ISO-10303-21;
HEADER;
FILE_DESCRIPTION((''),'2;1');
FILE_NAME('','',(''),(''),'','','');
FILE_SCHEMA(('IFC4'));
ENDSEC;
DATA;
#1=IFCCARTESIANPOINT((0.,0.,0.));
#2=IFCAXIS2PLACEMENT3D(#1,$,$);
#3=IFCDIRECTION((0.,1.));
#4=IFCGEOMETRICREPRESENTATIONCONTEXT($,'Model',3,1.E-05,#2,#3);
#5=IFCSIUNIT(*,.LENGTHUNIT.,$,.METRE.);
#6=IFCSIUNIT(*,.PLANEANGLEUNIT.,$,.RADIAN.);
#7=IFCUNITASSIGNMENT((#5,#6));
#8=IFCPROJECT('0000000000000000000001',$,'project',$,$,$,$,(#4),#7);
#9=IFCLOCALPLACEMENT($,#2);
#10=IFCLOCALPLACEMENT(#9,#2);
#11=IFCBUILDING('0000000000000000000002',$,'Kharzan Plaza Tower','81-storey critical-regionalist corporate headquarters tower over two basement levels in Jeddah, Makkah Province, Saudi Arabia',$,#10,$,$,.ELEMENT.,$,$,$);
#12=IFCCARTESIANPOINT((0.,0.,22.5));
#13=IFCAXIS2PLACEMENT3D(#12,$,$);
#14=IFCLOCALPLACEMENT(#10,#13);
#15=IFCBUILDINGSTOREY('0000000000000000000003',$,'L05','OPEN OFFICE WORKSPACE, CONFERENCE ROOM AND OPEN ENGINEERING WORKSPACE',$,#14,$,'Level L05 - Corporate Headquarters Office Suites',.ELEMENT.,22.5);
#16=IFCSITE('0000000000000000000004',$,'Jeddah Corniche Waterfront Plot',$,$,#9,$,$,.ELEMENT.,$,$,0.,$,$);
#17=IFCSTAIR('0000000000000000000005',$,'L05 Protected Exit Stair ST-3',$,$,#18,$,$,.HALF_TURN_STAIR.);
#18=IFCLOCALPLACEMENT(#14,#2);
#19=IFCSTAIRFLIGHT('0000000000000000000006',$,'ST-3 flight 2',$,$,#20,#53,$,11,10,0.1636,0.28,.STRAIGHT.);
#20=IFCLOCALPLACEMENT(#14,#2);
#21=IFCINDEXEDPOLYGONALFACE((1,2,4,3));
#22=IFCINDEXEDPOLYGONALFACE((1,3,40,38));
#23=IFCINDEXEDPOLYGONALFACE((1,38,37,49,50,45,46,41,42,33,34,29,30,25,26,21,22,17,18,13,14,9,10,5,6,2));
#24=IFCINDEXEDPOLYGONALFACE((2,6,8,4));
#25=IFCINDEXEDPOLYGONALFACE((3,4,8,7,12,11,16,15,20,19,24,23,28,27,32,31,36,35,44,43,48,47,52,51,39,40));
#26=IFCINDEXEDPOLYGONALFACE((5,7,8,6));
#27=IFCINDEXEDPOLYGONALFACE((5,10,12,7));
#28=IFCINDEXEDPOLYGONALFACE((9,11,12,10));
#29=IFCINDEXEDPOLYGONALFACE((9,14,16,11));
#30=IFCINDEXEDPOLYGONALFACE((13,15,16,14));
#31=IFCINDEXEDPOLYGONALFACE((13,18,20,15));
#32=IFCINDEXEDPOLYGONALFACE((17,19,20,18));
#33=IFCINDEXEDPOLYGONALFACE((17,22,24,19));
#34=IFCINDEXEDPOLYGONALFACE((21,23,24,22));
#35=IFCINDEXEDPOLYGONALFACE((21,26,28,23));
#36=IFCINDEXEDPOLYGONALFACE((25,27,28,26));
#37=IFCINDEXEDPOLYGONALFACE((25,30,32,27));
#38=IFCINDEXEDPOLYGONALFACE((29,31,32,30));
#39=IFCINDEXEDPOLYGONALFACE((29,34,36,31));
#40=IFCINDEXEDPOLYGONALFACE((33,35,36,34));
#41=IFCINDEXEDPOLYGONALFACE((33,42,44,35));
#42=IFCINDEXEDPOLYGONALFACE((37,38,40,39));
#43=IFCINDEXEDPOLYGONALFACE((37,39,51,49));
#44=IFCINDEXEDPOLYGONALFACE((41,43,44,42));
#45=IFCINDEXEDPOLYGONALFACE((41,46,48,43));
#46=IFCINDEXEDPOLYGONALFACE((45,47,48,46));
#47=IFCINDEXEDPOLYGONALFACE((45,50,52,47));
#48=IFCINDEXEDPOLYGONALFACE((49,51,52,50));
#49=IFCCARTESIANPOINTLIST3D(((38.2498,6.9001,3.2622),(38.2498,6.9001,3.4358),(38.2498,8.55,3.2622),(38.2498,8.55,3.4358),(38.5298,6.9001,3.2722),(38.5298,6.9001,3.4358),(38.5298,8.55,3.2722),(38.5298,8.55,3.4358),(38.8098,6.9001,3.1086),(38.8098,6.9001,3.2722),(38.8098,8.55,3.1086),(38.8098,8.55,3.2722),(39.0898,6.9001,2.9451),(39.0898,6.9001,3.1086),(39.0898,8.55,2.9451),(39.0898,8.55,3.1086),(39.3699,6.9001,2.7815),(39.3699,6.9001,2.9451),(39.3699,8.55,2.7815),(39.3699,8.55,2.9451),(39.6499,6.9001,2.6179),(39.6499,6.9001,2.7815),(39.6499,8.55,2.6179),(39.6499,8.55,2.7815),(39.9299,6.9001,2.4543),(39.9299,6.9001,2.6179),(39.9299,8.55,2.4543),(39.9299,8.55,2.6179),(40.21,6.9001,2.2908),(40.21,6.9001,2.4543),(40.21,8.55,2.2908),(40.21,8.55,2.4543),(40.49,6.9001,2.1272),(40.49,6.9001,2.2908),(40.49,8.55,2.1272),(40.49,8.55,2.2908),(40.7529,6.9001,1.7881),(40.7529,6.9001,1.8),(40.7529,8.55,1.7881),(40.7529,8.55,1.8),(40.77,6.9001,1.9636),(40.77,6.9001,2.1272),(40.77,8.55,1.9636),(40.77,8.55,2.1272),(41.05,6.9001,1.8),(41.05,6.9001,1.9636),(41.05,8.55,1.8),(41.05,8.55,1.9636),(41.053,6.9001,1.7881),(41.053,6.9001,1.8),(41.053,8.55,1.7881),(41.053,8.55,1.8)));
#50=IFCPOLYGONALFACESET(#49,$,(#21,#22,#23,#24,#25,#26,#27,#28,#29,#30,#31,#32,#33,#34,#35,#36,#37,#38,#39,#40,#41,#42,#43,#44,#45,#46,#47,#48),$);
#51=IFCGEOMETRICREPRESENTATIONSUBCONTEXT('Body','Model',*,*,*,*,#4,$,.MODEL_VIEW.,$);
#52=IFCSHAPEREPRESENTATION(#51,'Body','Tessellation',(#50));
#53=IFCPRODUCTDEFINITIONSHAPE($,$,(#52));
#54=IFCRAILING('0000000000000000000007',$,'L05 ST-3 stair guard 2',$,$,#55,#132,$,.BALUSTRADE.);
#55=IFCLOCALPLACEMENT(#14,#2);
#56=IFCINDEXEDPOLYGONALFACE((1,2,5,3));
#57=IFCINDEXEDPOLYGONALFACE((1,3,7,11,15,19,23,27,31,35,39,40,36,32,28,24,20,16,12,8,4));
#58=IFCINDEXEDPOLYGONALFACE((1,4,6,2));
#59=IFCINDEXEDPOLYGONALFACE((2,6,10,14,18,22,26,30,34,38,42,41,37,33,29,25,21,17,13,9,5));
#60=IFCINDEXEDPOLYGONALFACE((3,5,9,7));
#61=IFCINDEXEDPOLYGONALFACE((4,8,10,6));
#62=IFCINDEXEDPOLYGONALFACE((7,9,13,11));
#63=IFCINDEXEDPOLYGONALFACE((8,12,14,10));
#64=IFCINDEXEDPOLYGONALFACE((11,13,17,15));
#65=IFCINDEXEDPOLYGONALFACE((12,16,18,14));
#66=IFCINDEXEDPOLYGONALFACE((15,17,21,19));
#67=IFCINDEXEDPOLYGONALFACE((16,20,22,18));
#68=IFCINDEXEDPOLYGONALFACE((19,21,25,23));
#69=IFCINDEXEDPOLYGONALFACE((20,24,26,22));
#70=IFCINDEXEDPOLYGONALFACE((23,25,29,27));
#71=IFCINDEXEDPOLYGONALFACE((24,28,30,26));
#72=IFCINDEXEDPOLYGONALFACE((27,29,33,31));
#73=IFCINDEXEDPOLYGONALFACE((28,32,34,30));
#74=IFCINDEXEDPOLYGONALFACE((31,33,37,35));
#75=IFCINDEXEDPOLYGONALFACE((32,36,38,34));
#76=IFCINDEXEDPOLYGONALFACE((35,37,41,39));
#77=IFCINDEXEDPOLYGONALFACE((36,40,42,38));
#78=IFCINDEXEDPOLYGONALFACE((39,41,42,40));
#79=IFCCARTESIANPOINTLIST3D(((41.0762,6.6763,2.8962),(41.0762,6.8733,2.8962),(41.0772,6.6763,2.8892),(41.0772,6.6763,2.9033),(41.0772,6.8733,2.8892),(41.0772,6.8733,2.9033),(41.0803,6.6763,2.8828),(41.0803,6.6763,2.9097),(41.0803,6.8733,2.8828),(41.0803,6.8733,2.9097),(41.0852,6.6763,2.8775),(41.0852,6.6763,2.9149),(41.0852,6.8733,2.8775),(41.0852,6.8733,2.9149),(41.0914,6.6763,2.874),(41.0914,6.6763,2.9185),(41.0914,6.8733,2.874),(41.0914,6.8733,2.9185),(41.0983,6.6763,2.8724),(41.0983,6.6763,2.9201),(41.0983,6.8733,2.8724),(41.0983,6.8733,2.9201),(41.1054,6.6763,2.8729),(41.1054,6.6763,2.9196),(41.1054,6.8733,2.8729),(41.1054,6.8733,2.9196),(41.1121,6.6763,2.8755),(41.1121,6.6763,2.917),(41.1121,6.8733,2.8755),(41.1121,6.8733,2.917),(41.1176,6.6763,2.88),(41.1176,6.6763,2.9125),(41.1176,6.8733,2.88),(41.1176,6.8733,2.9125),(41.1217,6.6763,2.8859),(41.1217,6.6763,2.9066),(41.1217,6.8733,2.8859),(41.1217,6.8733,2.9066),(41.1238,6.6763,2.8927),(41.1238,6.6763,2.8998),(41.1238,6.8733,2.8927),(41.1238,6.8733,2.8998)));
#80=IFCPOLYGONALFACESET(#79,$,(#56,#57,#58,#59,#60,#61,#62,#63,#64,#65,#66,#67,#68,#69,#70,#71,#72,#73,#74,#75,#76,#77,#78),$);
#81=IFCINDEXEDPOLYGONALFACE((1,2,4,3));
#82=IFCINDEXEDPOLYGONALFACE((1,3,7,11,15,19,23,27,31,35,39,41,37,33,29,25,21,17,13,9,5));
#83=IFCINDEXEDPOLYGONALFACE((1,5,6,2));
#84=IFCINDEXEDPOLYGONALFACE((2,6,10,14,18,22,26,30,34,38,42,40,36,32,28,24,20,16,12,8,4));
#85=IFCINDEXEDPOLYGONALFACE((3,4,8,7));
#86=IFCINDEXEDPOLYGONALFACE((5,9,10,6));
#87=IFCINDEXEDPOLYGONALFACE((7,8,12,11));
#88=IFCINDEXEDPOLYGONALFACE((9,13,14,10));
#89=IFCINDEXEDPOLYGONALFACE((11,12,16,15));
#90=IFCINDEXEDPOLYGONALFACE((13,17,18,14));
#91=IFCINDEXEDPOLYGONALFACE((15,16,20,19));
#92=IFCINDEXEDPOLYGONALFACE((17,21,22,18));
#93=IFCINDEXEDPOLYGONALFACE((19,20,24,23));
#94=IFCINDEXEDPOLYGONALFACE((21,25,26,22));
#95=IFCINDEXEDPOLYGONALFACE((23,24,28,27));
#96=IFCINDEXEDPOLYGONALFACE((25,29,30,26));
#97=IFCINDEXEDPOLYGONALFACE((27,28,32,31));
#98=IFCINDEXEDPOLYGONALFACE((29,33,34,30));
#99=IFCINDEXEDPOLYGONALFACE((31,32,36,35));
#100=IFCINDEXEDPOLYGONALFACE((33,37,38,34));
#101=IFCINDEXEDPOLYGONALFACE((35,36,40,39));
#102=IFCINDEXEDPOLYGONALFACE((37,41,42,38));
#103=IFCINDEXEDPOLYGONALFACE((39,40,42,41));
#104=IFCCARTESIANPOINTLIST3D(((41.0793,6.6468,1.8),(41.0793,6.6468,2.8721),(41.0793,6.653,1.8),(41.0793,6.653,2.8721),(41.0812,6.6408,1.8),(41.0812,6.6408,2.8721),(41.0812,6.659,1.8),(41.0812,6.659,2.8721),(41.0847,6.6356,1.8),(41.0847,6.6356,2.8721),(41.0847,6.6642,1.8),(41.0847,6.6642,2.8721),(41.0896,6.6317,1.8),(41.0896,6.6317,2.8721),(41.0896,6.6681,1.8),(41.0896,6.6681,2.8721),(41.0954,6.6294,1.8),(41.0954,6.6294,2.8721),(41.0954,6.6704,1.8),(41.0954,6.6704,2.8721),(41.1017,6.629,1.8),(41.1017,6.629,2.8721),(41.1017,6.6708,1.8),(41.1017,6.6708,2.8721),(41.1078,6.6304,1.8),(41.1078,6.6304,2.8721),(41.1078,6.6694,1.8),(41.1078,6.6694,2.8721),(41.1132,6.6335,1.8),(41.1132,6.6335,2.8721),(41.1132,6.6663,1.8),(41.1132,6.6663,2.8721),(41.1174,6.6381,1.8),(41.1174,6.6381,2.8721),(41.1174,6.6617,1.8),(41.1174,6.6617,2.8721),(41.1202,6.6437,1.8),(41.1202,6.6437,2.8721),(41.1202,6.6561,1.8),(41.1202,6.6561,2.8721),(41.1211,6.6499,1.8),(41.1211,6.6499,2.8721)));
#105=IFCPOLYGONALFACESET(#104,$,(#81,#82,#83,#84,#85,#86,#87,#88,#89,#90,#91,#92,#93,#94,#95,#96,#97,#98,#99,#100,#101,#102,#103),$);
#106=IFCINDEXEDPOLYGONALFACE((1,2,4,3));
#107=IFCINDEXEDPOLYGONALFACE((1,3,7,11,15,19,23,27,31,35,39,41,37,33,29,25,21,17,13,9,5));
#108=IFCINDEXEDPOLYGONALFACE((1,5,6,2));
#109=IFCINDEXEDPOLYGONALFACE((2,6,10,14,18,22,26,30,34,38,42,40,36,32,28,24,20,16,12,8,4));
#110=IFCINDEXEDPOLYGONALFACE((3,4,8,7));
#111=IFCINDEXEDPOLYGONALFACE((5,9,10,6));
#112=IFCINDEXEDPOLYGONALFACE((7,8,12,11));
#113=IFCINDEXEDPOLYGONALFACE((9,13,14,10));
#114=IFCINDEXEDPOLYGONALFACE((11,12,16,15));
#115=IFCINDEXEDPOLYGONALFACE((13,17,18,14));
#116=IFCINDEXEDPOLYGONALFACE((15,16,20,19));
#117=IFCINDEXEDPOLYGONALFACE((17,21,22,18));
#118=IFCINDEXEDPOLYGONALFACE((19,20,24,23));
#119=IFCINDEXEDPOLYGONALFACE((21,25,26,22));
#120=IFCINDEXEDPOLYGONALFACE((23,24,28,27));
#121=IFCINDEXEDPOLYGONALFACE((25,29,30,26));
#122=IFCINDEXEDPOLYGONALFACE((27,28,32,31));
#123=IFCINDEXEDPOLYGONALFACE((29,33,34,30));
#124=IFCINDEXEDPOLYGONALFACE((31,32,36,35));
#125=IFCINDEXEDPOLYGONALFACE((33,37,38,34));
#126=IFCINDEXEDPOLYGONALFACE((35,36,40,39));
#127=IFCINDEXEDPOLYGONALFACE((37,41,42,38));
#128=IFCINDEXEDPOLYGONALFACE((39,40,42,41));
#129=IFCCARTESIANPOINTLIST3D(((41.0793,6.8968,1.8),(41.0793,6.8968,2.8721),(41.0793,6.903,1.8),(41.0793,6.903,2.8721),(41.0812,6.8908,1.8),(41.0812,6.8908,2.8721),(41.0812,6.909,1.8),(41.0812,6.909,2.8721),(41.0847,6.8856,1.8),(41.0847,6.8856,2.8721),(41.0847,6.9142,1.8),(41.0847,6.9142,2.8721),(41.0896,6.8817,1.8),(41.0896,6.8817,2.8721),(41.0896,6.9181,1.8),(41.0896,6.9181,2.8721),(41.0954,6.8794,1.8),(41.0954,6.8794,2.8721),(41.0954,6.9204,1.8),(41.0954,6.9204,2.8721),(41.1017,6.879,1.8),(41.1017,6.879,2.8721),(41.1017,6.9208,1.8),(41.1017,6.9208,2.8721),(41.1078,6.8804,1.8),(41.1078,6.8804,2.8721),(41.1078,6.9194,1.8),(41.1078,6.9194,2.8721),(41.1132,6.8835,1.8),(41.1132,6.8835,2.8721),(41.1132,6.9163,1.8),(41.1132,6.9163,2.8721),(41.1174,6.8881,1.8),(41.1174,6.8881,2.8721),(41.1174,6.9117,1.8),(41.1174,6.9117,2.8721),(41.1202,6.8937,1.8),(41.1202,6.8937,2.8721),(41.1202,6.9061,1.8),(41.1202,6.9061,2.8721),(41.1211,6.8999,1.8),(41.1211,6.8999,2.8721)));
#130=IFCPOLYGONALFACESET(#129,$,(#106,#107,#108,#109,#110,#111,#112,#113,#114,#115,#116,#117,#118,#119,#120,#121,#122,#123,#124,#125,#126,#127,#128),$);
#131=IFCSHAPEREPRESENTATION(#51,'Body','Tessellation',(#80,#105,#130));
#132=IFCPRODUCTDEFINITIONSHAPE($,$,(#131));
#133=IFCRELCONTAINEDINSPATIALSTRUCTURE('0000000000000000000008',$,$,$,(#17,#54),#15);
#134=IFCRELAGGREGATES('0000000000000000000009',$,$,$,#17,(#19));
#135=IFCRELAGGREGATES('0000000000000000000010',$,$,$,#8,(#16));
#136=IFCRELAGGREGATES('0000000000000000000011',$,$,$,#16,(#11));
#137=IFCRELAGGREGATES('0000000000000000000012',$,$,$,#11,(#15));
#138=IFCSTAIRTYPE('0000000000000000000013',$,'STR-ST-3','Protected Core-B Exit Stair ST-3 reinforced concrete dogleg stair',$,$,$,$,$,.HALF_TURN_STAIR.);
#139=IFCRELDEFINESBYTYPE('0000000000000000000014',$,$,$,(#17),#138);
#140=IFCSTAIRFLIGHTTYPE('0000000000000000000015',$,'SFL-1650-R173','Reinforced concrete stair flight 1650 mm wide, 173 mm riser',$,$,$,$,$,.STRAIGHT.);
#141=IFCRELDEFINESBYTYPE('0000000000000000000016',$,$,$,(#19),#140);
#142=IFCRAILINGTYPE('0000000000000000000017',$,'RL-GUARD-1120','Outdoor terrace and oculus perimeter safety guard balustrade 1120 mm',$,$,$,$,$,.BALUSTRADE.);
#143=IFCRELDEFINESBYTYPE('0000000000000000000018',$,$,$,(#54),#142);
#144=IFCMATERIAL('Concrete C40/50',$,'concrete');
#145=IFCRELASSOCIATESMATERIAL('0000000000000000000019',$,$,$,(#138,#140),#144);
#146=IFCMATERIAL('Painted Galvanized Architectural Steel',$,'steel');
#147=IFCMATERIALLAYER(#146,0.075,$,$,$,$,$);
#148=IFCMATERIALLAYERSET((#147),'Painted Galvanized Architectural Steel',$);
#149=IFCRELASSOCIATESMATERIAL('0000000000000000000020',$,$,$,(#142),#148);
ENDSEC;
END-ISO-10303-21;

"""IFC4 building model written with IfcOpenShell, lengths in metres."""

from ifc_helpers import new_model, si_unit, direction, frame, origin, origin_2d, place, context, subcontext, project, spatial, polyline, circle, outline, extrude, source, transform, mapped, material, layer, layer_set, type_object, element, aggregate, save


model = new_model("IFC4")

# Units and contexts
model_context = context("Model", 3, precision=1e-05, world=origin(), true_north=direction((0.0, 1.0)))
body_context = subcontext(model_context, "Body", "Model", "MODEL_VIEW")
ifc_project = project(units=[si_unit("LENGTHUNIT", "METRE"), si_unit("PLANEANGLEUNIT", "RADIAN")], contexts=[model_context])

# Site, building, storey
site_placement = place(None, origin())
site = spatial("IfcSite", under=ifc_project, at=site_placement, Name="Jeddah Corniche Waterfront Plot", CompositionType="ELEMENT", RefElevation=0.0)
building_placement = place(site_placement, origin())
building = spatial("IfcBuilding", under=site, at=building_placement, Name="Kharzan Plaza Tower", Description="81-storey critical-regionalist corporate headquarters tower over two basement levels in Jeddah, Makkah Province, Saudi Arabia", CompositionType="ELEMENT")
storey_placement = place(building_placement, frame((0.0, 0.0, 22.5)))
storey = spatial("IfcBuildingStorey", under=building, at=storey_placement, Name="L05", Description="OPEN OFFICE WORKSPACE, CONFERENCE ROOM AND OPEN ENGINEERING WORKSPACE", LongName="Level L05 - Corporate Headquarters Office Suites", CompositionType="ELEMENT", Elevation=22.5)

# Shared definitions
ifc_material_1 = material(Name="Concrete C40/50", Category="concrete")

# Stair, stair flight
stair_type = type_object("IfcStairType", Name="STR-ST-3", Description="Protected Core-B Exit Stair ST-3 reinforced concrete dogleg stair", PredefinedType="HALF_TURN_STAIR", material=ifc_material_1)
stair_placement = place(storey_placement, origin())
stair = element("IfcStair", 1, at=stair_placement, inside=storey, type_object=stair_type, Name="L05 Protected Exit Stair ST-3", PredefinedType="HALF_TURN_STAIR")
stair_flight_type = type_object("IfcStairFlightType", Name="SFL-1650-R173", Description="Reinforced concrete stair flight 1650 mm wide, 173 mm riser", PredefinedType="STRAIGHT", material=ifc_material_1)
shared_shape_1 = source(origin(), body_context, "Body", "SweptSolid", [
    extrude(outline(polyline([(-0.0029, -0.012), (-0.0029, 0.0), (0.0, 0.0), (0.0, 0.1636), (0.28, 0.1636), (0.28, 0.3271), (0.5601, 0.3271), (0.5601, 0.4907), (0.8401, 0.4907), (0.8401, 0.6543), (1.1201, 0.6543), (1.1201, 0.8179), (1.4001, 0.8179), (1.4001, 0.9814), (1.6802, 0.9814), (1.6802, 1.145), (1.9602, 1.145), (1.9602, 1.3086), (2.2402, 1.3086), (2.2402, 1.4722), (2.5203, 1.4722), (2.5203, 1.6357), (2.8003, 1.6357), (2.8003, 1.7993), (2.8003, 1.4622), (0.2971, 0.0), (0.2971, -0.012), (-0.0029, -0.012)])), frame((0.0, 0.825, 0.0), z_axis=(0.0, -1.0, 0.0), x_axis=(1.0, 0.0, 0.0)), (0.0, 0.0, 1.0), 1.6499),
])
stair_flight_1_placement = place(storey_placement, frame((41.05, 7.7251, 1.8), z_axis=(0.0, 0.0, 1.0), x_axis=(-1.0, 0.0, 0.0)))
stair_flight_1 = element("IfcStairFlight", 2, at=stair_flight_1_placement, type_object=stair_flight_type, Name="ST-3 flight 2", NumberOfRisers=11, NumberOfTreads=10, PredefinedType="STRAIGHT", RiserHeight=0.1636, TreadLength=0.28, context=body_context, shape_type="MappedRepresentation", body=[
    mapped(shared_shape_1, transform((0.0, 0.0, 0.0), x_axis=(1.0, 0.0, 0.0), y_axis=(0.0, 1.0, 0.0), z_axis=(0.0, 0.0, 1.0))),
])
aggregate(stair, [stair_flight_1])

# Railing
ifc_material_2 = material(Name="Painted Galvanized Architectural Steel", Category="steel")
ifc_layer_1 = layer(ifc_material_2, 0.075)
ifc_layer_set_1 = layer_set([ifc_layer_1], Name="Painted Galvanized Architectural Steel")
railing_type_1 = type_object("IfcRailingType", Name="RL-GUARD-1120", Description="Outdoor terrace and oculus perimeter safety guard balustrade 1120 mm", PredefinedType="BALUSTRADE", material=ifc_layer_set_1)
shared_shape_2 = source(origin(), body_context, "Body", "SweptSolid", [
    extrude(circle(Radius=0.0239, at=origin_2d()), frame((0.0, 0.0264, 1.0962), z_axis=(0.0, 1.0, 0.0), x_axis=(-1.0, 0.0, 0.0)), (0.0, 0.0, 1.0), 0.197),
    extrude(circle(Radius=0.021, at=origin_2d()), origin(), (0.0, 0.0, 1.0), 1.072),
    extrude(circle(Radius=0.021, at=origin_2d()), frame((0.0, 0.25, 0.0)), (0.0, 0.0, 1.0), 1.072),
])
for number, where, name in (
    (3, (41.1001, 6.6499, 1.8), "L05 ST-3 stair guard 2"),
):
    element("IfcRailing", number, at=place(storey_placement, frame(where)), inside=storey, type_object=railing_type_1, Name=name, PredefinedType="BALUSTRADE", context=body_context, shape_type="MappedRepresentation", body=[
        mapped(shared_shape_2, transform((0.0, 0.0, 0.0), x_axis=(1.0, 0.0, 0.0), y_axis=(0.0, 1.0, 0.0), z_axis=(0.0, 0.0, 1.0))),
    ])

save(model, "model.ifc")
